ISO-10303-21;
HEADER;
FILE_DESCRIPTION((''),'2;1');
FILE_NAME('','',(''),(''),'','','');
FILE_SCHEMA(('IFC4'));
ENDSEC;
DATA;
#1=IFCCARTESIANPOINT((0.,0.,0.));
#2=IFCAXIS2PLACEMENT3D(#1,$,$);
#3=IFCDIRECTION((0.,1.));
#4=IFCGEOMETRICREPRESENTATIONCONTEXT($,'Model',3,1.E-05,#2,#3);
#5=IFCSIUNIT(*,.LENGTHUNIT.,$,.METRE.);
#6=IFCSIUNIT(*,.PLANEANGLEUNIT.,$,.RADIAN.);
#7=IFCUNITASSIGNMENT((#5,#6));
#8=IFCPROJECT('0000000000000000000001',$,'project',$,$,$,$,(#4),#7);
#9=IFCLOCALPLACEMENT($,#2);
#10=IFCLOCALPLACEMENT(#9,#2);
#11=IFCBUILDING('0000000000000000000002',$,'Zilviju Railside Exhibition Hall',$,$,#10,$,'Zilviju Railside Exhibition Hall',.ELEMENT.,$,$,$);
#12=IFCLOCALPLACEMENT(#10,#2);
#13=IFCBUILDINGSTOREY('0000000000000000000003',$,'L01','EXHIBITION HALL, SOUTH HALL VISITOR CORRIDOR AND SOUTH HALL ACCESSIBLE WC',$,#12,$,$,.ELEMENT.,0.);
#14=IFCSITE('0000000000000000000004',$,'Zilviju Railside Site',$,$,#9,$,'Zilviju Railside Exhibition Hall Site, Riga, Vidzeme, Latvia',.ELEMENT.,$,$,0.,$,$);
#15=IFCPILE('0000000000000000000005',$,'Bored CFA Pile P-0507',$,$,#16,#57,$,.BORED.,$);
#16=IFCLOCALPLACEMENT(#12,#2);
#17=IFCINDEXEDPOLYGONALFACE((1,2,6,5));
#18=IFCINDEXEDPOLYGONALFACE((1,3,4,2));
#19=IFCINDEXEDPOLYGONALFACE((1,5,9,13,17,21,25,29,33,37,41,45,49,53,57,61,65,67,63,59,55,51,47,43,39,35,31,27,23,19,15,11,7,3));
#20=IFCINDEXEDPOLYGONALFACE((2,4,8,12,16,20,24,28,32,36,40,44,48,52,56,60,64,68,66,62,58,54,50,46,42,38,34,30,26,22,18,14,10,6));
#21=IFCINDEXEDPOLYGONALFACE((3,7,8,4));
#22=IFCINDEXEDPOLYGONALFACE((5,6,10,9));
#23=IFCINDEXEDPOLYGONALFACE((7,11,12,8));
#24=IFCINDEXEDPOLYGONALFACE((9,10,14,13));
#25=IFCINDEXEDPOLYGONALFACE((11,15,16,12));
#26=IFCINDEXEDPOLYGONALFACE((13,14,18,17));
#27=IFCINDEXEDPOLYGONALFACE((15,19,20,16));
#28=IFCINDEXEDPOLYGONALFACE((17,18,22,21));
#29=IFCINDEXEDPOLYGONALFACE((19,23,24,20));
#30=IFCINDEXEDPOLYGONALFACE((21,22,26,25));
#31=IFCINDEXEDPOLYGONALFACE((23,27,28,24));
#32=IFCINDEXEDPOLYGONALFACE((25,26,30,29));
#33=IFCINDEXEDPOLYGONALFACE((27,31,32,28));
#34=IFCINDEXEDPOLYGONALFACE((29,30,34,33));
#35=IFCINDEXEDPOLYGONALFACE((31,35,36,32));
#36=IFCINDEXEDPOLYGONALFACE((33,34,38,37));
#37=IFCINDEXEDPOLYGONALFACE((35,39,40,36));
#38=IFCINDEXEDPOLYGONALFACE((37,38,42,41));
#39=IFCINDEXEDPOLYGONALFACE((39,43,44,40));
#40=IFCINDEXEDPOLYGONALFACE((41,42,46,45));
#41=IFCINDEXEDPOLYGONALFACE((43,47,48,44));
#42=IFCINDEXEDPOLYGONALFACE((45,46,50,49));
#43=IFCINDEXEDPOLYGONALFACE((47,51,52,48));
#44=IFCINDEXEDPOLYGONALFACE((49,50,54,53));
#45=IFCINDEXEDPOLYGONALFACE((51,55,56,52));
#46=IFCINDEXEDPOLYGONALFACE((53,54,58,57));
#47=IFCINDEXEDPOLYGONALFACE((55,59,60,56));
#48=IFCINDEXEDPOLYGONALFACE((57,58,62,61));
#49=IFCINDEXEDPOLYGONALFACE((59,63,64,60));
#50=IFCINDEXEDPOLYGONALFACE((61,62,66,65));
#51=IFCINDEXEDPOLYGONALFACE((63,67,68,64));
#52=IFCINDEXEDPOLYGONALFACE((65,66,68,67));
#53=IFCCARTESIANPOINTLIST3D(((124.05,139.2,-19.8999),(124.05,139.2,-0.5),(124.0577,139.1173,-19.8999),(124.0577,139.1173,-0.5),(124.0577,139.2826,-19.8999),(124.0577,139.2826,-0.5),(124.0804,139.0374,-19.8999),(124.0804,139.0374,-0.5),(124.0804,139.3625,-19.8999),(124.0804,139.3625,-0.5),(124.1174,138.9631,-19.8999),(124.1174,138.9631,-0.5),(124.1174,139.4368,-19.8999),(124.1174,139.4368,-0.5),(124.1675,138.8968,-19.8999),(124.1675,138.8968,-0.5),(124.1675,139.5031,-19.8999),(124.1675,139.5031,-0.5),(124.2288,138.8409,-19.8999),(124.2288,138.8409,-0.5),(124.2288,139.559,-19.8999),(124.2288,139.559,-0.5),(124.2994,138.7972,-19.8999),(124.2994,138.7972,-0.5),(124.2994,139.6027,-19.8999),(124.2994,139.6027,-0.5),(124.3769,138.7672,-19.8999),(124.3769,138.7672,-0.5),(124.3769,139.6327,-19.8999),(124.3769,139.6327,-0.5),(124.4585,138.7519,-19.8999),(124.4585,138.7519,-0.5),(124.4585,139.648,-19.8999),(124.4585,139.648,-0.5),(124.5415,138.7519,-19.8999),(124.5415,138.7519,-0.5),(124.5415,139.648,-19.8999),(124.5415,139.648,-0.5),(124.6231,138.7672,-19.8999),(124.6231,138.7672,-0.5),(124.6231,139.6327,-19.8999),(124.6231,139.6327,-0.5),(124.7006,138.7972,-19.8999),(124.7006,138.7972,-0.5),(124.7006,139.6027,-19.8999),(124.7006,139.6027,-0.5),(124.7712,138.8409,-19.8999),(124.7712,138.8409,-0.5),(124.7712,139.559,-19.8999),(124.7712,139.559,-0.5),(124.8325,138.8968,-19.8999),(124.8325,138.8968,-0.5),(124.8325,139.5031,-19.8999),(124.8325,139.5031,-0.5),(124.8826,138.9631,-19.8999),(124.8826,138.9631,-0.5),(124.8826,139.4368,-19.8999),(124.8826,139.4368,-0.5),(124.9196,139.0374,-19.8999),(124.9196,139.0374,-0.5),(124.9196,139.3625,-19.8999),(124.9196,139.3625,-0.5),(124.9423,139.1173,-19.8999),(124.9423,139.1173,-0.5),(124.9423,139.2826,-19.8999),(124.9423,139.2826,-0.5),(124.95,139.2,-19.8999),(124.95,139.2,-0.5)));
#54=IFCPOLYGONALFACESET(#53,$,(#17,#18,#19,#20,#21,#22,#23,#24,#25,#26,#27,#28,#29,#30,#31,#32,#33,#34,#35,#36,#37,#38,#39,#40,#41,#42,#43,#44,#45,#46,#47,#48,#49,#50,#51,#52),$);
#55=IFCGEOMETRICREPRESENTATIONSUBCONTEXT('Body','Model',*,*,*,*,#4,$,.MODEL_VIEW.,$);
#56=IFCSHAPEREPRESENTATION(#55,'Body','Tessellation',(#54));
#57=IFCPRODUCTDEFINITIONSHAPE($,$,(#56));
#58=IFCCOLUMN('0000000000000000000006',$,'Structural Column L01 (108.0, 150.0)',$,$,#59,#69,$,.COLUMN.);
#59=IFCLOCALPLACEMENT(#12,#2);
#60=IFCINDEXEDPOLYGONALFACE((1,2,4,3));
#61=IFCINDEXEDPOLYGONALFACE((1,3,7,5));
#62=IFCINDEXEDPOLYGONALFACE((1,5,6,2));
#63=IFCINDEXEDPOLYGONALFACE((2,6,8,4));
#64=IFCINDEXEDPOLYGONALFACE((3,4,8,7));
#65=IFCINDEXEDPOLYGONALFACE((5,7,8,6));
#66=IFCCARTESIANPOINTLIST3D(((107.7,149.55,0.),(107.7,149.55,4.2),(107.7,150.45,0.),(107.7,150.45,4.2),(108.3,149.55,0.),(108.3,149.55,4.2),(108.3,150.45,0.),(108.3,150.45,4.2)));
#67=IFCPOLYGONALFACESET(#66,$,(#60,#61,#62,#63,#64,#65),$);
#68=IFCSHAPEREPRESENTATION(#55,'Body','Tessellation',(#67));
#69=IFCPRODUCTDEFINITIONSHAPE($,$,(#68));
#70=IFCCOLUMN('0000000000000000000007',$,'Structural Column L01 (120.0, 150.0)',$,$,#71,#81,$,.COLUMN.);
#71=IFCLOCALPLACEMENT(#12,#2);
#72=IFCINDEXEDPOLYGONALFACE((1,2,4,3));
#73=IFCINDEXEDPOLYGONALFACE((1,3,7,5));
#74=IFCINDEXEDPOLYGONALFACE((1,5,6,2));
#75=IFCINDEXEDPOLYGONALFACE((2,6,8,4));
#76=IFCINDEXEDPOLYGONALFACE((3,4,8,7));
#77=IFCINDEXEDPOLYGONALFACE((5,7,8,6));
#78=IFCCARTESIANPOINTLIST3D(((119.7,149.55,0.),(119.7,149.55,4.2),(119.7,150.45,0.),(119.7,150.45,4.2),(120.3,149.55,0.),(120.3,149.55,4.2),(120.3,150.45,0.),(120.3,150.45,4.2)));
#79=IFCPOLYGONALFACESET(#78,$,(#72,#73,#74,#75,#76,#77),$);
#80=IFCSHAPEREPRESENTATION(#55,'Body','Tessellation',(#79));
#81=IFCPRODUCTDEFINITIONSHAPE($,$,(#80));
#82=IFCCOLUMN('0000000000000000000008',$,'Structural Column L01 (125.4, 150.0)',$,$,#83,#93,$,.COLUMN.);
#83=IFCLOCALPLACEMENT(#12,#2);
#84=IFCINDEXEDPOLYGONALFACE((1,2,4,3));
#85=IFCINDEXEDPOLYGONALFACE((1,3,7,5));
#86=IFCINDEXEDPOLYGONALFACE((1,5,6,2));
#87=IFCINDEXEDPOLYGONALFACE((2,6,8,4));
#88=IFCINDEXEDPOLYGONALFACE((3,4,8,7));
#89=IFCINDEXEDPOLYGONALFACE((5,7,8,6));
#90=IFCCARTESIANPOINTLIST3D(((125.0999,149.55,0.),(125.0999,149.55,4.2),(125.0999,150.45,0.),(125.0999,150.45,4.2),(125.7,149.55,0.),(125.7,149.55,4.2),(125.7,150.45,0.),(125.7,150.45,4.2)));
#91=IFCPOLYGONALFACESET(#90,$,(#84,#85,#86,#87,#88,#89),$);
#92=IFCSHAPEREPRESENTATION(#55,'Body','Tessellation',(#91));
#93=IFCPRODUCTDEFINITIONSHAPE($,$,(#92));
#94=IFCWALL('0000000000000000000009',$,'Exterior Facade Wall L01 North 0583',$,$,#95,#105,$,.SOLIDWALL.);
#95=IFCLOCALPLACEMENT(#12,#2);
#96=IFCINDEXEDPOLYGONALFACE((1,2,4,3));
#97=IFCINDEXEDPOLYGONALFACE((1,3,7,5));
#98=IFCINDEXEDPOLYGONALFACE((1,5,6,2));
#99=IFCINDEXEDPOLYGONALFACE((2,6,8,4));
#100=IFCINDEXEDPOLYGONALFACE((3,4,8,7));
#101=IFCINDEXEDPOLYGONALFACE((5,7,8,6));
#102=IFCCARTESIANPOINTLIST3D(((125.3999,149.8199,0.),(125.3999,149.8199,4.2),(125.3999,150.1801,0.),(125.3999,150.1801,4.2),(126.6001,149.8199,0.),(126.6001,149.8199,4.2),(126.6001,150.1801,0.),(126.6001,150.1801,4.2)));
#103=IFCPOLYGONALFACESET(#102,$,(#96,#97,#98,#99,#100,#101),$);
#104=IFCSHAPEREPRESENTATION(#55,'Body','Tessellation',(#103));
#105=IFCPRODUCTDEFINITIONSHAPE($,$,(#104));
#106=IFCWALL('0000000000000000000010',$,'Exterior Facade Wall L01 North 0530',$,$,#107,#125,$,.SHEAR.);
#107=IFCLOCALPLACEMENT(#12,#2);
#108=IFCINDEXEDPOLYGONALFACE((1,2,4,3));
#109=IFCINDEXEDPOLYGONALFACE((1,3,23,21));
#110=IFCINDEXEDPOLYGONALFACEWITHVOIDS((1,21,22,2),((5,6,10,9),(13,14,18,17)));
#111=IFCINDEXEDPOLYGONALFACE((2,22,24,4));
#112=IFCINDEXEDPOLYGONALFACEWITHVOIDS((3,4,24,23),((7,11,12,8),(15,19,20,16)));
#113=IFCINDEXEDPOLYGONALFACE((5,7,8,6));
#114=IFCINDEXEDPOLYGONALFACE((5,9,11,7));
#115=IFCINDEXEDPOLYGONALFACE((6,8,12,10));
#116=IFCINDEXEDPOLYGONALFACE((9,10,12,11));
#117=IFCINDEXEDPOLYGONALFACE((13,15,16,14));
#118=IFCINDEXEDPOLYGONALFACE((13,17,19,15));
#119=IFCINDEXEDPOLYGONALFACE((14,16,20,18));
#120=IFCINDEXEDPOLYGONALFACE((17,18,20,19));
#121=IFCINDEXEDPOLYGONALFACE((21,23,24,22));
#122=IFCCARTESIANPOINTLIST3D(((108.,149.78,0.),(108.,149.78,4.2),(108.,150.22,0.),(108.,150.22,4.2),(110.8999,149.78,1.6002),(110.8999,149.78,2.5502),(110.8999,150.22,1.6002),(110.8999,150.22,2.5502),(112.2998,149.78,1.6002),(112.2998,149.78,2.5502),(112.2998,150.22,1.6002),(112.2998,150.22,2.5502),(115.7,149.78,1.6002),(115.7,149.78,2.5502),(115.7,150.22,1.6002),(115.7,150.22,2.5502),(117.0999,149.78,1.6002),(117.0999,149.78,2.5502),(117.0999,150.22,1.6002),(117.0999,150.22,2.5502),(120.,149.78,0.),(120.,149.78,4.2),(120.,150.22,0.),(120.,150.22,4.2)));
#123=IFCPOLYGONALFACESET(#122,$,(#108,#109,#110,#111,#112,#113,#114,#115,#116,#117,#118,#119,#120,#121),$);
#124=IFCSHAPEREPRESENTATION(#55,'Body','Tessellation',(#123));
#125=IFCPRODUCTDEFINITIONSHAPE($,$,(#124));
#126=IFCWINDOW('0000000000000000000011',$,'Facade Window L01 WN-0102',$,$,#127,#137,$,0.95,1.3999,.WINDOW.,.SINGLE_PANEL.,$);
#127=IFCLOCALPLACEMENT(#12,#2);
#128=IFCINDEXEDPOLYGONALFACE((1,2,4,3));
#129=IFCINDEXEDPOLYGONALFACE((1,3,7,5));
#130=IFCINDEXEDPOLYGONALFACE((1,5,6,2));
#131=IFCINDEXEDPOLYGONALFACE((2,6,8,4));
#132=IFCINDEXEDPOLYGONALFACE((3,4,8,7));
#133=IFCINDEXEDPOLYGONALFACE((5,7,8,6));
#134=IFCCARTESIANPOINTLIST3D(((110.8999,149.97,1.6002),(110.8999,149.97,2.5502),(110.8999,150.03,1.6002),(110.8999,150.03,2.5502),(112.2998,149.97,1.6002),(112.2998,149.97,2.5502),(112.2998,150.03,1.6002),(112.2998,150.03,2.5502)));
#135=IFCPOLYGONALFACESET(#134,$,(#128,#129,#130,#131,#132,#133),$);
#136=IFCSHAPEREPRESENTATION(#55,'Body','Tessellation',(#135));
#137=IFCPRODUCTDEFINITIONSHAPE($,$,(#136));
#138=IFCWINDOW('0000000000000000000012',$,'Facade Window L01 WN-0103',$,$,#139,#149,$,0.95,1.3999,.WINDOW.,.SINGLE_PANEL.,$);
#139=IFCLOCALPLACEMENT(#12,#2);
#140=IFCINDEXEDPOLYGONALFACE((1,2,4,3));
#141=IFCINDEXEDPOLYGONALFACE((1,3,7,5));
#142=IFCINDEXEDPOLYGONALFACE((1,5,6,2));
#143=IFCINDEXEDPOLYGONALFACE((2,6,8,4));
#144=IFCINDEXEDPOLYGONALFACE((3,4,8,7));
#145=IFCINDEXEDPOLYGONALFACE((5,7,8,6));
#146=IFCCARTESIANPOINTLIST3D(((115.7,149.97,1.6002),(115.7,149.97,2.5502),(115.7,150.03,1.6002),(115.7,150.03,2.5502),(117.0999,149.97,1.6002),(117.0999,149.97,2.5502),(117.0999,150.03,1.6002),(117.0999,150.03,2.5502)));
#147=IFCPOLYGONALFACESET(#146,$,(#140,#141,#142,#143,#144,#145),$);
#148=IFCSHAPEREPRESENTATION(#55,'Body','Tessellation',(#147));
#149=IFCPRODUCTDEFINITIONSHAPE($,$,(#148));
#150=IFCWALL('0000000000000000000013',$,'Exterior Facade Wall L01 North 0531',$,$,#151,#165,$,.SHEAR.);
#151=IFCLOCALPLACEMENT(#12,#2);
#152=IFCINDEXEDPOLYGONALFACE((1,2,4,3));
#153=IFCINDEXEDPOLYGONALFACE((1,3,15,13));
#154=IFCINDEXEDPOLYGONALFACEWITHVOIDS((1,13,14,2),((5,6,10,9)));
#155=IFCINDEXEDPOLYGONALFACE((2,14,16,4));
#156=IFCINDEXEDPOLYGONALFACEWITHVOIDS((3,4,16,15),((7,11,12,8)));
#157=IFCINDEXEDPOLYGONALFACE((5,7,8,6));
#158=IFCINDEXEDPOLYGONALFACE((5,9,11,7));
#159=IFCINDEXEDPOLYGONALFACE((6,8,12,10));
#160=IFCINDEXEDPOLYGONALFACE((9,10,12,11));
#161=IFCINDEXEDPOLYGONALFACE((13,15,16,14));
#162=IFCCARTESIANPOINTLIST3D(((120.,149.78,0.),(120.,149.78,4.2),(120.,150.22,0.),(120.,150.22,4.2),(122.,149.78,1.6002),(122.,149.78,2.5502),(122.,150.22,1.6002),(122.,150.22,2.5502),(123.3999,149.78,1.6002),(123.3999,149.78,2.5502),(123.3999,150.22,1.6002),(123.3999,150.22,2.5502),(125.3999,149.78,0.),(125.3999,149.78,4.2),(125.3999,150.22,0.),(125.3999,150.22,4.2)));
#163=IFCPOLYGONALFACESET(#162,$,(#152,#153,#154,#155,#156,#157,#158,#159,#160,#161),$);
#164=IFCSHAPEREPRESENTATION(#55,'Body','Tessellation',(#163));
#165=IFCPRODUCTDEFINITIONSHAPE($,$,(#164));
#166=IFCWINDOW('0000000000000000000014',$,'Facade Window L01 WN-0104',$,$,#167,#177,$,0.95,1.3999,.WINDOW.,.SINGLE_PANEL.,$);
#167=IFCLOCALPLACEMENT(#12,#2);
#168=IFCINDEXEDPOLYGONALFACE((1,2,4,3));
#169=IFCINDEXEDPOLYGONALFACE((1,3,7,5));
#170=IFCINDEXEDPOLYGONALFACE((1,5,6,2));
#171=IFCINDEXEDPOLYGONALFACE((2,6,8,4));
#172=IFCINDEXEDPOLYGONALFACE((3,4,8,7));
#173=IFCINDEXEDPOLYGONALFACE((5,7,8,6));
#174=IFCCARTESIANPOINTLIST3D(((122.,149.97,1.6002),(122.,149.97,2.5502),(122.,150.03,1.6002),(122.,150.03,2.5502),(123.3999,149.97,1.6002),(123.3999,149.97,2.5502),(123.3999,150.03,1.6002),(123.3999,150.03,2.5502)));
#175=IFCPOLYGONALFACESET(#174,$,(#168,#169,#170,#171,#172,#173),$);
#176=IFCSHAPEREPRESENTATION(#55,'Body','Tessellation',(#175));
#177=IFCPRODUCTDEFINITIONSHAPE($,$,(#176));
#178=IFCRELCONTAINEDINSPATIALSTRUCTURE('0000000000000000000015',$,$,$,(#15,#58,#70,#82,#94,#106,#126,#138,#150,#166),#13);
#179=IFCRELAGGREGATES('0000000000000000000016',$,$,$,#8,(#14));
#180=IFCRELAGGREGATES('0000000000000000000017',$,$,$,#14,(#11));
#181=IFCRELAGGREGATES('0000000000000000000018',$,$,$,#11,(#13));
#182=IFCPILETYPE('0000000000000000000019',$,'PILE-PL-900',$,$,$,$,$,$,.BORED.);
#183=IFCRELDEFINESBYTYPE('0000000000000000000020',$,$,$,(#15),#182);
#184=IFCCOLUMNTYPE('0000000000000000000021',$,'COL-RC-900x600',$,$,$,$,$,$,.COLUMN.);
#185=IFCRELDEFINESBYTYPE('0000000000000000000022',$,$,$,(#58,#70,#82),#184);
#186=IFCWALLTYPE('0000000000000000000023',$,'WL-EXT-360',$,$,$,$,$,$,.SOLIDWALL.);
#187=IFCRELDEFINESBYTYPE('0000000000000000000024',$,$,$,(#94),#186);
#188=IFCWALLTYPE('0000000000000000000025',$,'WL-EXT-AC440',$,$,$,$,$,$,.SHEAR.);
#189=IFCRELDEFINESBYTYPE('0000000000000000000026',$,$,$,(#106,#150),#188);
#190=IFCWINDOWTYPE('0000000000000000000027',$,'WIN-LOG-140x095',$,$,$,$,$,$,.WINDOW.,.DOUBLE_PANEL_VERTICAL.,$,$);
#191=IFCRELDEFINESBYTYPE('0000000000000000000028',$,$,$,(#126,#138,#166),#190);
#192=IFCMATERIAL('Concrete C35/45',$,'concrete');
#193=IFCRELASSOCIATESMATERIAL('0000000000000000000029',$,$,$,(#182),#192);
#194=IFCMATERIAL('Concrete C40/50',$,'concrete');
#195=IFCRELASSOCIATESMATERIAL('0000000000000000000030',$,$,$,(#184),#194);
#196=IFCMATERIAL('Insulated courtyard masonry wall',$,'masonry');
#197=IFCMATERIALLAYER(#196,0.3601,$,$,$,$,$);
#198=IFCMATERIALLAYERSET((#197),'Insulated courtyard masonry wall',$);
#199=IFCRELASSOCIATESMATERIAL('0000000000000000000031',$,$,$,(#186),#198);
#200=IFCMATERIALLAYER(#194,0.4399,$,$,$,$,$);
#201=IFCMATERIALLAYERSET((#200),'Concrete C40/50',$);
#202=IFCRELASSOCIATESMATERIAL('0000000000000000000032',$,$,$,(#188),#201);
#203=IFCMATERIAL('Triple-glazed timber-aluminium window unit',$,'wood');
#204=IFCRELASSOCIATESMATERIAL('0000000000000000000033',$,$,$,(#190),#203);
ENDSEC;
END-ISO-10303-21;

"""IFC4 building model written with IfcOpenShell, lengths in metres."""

from ifc_helpers import new_model, si_unit, direction, frame, frame_2d, origin, origin_2d, place, context, subcontext, project, spatial, rectangle, circle, extrude, material, layer, layer_set, material_profile, profile_set, type_object, element, fill, save


model = new_model("IFC4")

# Units and contexts
model_context = context("Model", 3, precision=1e-05, world=origin(), true_north=direction((0.0, 1.0)))
body_context = subcontext(model_context, "Body", "Model", "MODEL_VIEW")
ifc_project = project(units=[si_unit("LENGTHUNIT", "METRE"), si_unit("PLANEANGLEUNIT", "RADIAN")], contexts=[model_context])

# Site, building, storey
site_placement = place(None, origin())
site = spatial("IfcSite", under=ifc_project, at=site_placement, Name="Zilviju Railside Site", LongName="Zilviju Railside Exhibition Hall Site, Riga, Vidzeme, Latvia", CompositionType="ELEMENT", RefElevation=0.0)
building_placement = place(site_placement, origin())
building = spatial("IfcBuilding", under=site, at=building_placement, Name="Zilviju Railside Exhibition Hall", LongName="Zilviju Railside Exhibition Hall", CompositionType="ELEMENT")
storey_placement = place(building_placement, origin())
storey = spatial("IfcBuildingStorey", under=building, at=storey_placement, Name="L01", Description="EXHIBITION HALL, SOUTH HALL VISITOR CORRIDOR AND SOUTH HALL ACCESSIBLE WC", CompositionType="ELEMENT", Elevation=0.0)

# Shared definitions
ifc_material_1 = material(Name="Concrete C35/45", Category="concrete")
ifc_material_2 = material(Name="Concrete C40/50", Category="concrete")

# Pile
ifc_material_profile_1 = material_profile(ifc_material_1, circle(Radius=0.45, at=origin_2d()), Name="CFA PILE D900")
ifc_profile_set_1 = profile_set([ifc_material_profile_1], Name="Concrete C35/45")
pile_type_1 = type_object("IfcPileType", Name="PILE-PL-900", PredefinedType="BORED", material=ifc_profile_set_1)
for number, where, z_axis, x_axis, name in (
    (1, (124.5, 139.2, -0.5), (0.0, 0.0, -1.0), (1.0, 0.0, 0.0), "Bored CFA Pile P-0507"),
):
    element("IfcPile", number, at=place(storey_placement, frame(where, z_axis=z_axis, x_axis=x_axis)), inside=storey, type_object=pile_type_1, Name=name, PredefinedType="BORED", context=body_context, shape_type="SweptSolid", body=[
        extrude(circle(Radius=0.45, at=origin_2d()), origin(), (0.0, 0.0, 1.0), 19.3999),
    ])

# Columns
ifc_material_profile_2 = material_profile(ifc_material_2, rectangle(XDim=0.6001, YDim=0.8999, at=origin_2d()), Name="RC COL 600x900")
ifc_profile_set_2 = profile_set([ifc_material_profile_2], Name="Concrete C40/50")
column_type = type_object("IfcColumnType", Name="COL-RC-900x600", PredefinedType="COLUMN", material=ifc_profile_set_2)
for number, where, z_axis, x_axis, name in (
    (2, (108.0, 150.0, 0.0), (0.0, 0.0, 1.0), (1.0, 0.0, 0.0), "Structural Column L01 (108.0, 150.0)"),
    (3, (120.0, 150.0, 0.0), (0.0, 0.0, 1.0), (1.0, 0.0, 0.0), "Structural Column L01 (120.0, 150.0)"),
    (4, (125.3999, 150.0, 0.0), (0.0, 0.0, 1.0), (1.0, 0.0, 0.0), "Structural Column L01 (125.4, 150.0)"),
):
    element("IfcColumn", number, at=place(storey_placement, frame(where, z_axis=z_axis, x_axis=x_axis)), inside=storey, type_object=column_type, Name=name, PredefinedType="COLUMN", context=body_context, shape_type="SweptSolid", body=[
        extrude(rectangle(XDim=0.6001, YDim=0.8999, at=origin_2d()), origin(), (0.0, 0.0, 1.0), 4.2),
    ])

# Wall
ifc_material_3 = material(Name="Insulated courtyard masonry wall", Category="masonry")
ifc_layer_1 = layer(ifc_material_3, 0.3601)
ifc_layer_set_1 = layer_set([ifc_layer_1], Name="Insulated courtyard masonry wall")
wall_type_1 = type_object("IfcWallType", Name="WL-EXT-360", PredefinedType="SOLIDWALL", material=ifc_layer_set_1)
wall_1_placement = place(storey_placement, frame((125.3999, 150.0, 0.0), z_axis=(0.0, 0.0, 1.0), x_axis=(1.0, 0.0, 0.0)))
element("IfcWall", 5, at=wall_1_placement, inside=storey, type_object=wall_type_1, Name="Exterior Facade Wall L01 North 0583", PredefinedType="SOLIDWALL", context=body_context, shape_type="SweptSolid", body=[
    extrude(rectangle(XDim=1.2002, YDim=0.3601, at=frame_2d((0.6001, 0.0))), origin(), (0.0, 0.0, 1.0), 4.2),
])

# Wall, openings, windows
ifc_layer_2 = layer(ifc_material_2, 0.4399)
ifc_layer_set_2 = layer_set([ifc_layer_2], Name="Concrete C40/50")
wall_type_2 = type_object("IfcWallType", Name="WL-EXT-AC440", PredefinedType="SHEAR", material=ifc_layer_set_2)
wall_2_placement = place(storey_placement, frame((108.0, 150.0, 0.0), z_axis=(0.0, 0.0, 1.0), x_axis=(1.0, 0.0, 0.0)))
wall_2 = element("IfcWall", 6, at=wall_2_placement, inside=storey, type_object=wall_type_2, Name="Exterior Facade Wall L01 North 0530", PredefinedType="SHEAR", context=body_context, shape_type="SweptSolid", body=[
    extrude(rectangle(XDim=12.0, YDim=0.4399, at=frame_2d((6.0, 0.0))), origin(), (0.0, 0.0, 1.0), 4.2),
])
opening_1_placement = place(wall_2_placement, frame((2.8999, 0.0, 1.6001)))
opening_1 = element("IfcOpeningElement", 7, at=opening_1_placement, cuts=wall_2, PredefinedType="OPENING", context=body_context, shape_type="SweptSolid", body=[
    extrude(rectangle(XDim=1.3999, YDim=0.95, at=frame_2d((0.7, 0.4751))), frame((0.0, 0.23, 0.0), z_axis=(0.0, -1.0, 0.0), x_axis=(1.0, 0.0, 0.0)), (0.0, 0.0, 1.0), 0.46),
])
opening_2_placement = place(wall_2_placement, frame((7.7, 0.0, 1.6001)))
opening_2 = element("IfcOpeningElement", 8, at=opening_2_placement, cuts=wall_2, PredefinedType="OPENING", context=body_context, shape_type="SweptSolid", body=[
    extrude(rectangle(XDim=1.3999, YDim=0.95, at=frame_2d((0.7, 0.4751))), frame((0.0, 0.23, 0.0), z_axis=(0.0, -1.0, 0.0), x_axis=(1.0, 0.0, 0.0)), (0.0, 0.0, 1.0), 0.46),
])
ifc_material_4 = material(Name="Triple-glazed timber-aluminium window unit", Category="wood")
window_type = type_object("IfcWindowType", Name="WIN-LOG-140x095", PartitioningType="DOUBLE_PANEL_VERTICAL", PredefinedType="WINDOW", material=ifc_material_4)
window_1_placement = place(opening_1_placement, origin())
window_1 = element("IfcWindow", 9, at=window_1_placement, inside=storey, type_object=window_type, Name="Facade Window L01 WN-0102", OverallHeight=0.95, OverallWidth=1.3999, PartitioningType="SINGLE_PANEL", PredefinedType="WINDOW", context=body_context, shape_type="SweptSolid", body=[
    extrude(rectangle(XDim=1.3999, YDim=0.95, at=frame_2d((0.7, 0.4751))), frame((0.0, 0.03, 0.0), z_axis=(0.0, -1.0, 0.0), x_axis=(1.0, 0.0, 0.0)), (0.0, 0.0, 1.0), 0.0601),
])
fill(opening_1, window_1)
window_2_placement = place(opening_2_placement, origin())
window_2 = element("IfcWindow", 10, at=window_2_placement, inside=storey, type_object=window_type, Name="Facade Window L01 WN-0103", OverallHeight=0.95, OverallWidth=1.3999, PartitioningType="SINGLE_PANEL", PredefinedType="WINDOW", context=body_context, shape_type="SweptSolid", body=[
    extrude(rectangle(XDim=1.3999, YDim=0.95, at=frame_2d((0.7, 0.4751))), frame((0.0, 0.03, 0.0), z_axis=(0.0, -1.0, 0.0), x_axis=(1.0, 0.0, 0.0)), (0.0, 0.0, 1.0), 0.0601),
])
fill(opening_2, window_2)

# Wall, opening, window
wall_3_placement = place(storey_placement, frame((120.0, 150.0, 0.0), z_axis=(0.0, 0.0, 1.0), x_axis=(1.0, 0.0, 0.0)))
wall_3 = element("IfcWall", 11, at=wall_3_placement, inside=storey, type_object=wall_type_2, Name="Exterior Facade Wall L01 North 0531", PredefinedType="SHEAR", context=body_context, shape_type="SweptSolid", body=[
    extrude(rectangle(XDim=5.3999, YDim=0.4399, at=frame_2d((2.7, 0.0))), origin(), (0.0, 0.0, 1.0), 4.2),
])
opening_3_placement = place(wall_3_placement, frame((2.0, 0.0, 1.6001)))
opening_3 = element("IfcOpeningElement", 12, at=opening_3_placement, cuts=wall_3, PredefinedType="OPENING", context=body_context, shape_type="SweptSolid", body=[
    extrude(rectangle(XDim=1.3999, YDim=0.95, at=frame_2d((0.7, 0.4751))), frame((0.0, 0.23, 0.0), z_axis=(0.0, -1.0, 0.0), x_axis=(1.0, 0.0, 0.0)), (0.0, 0.0, 1.0), 0.46),
])
window_3_placement = place(opening_3_placement, origin())
window_3 = element("IfcWindow", 13, at=window_3_placement, inside=storey, type_object=window_type, Name="Facade Window L01 WN-0104", OverallHeight=0.95, OverallWidth=1.3999, PartitioningType="SINGLE_PANEL", PredefinedType="WINDOW", context=body_context, shape_type="SweptSolid", body=[
    extrude(rectangle(XDim=1.3999, YDim=0.95, at=frame_2d((0.7, 0.4751))), frame((0.0, 0.03, 0.0), z_axis=(0.0, -1.0, 0.0), x_axis=(1.0, 0.0, 0.0)), (0.0, 0.0, 1.0), 0.0601),
])
fill(opening_3, window_3)

save(model, "model.ifc")
